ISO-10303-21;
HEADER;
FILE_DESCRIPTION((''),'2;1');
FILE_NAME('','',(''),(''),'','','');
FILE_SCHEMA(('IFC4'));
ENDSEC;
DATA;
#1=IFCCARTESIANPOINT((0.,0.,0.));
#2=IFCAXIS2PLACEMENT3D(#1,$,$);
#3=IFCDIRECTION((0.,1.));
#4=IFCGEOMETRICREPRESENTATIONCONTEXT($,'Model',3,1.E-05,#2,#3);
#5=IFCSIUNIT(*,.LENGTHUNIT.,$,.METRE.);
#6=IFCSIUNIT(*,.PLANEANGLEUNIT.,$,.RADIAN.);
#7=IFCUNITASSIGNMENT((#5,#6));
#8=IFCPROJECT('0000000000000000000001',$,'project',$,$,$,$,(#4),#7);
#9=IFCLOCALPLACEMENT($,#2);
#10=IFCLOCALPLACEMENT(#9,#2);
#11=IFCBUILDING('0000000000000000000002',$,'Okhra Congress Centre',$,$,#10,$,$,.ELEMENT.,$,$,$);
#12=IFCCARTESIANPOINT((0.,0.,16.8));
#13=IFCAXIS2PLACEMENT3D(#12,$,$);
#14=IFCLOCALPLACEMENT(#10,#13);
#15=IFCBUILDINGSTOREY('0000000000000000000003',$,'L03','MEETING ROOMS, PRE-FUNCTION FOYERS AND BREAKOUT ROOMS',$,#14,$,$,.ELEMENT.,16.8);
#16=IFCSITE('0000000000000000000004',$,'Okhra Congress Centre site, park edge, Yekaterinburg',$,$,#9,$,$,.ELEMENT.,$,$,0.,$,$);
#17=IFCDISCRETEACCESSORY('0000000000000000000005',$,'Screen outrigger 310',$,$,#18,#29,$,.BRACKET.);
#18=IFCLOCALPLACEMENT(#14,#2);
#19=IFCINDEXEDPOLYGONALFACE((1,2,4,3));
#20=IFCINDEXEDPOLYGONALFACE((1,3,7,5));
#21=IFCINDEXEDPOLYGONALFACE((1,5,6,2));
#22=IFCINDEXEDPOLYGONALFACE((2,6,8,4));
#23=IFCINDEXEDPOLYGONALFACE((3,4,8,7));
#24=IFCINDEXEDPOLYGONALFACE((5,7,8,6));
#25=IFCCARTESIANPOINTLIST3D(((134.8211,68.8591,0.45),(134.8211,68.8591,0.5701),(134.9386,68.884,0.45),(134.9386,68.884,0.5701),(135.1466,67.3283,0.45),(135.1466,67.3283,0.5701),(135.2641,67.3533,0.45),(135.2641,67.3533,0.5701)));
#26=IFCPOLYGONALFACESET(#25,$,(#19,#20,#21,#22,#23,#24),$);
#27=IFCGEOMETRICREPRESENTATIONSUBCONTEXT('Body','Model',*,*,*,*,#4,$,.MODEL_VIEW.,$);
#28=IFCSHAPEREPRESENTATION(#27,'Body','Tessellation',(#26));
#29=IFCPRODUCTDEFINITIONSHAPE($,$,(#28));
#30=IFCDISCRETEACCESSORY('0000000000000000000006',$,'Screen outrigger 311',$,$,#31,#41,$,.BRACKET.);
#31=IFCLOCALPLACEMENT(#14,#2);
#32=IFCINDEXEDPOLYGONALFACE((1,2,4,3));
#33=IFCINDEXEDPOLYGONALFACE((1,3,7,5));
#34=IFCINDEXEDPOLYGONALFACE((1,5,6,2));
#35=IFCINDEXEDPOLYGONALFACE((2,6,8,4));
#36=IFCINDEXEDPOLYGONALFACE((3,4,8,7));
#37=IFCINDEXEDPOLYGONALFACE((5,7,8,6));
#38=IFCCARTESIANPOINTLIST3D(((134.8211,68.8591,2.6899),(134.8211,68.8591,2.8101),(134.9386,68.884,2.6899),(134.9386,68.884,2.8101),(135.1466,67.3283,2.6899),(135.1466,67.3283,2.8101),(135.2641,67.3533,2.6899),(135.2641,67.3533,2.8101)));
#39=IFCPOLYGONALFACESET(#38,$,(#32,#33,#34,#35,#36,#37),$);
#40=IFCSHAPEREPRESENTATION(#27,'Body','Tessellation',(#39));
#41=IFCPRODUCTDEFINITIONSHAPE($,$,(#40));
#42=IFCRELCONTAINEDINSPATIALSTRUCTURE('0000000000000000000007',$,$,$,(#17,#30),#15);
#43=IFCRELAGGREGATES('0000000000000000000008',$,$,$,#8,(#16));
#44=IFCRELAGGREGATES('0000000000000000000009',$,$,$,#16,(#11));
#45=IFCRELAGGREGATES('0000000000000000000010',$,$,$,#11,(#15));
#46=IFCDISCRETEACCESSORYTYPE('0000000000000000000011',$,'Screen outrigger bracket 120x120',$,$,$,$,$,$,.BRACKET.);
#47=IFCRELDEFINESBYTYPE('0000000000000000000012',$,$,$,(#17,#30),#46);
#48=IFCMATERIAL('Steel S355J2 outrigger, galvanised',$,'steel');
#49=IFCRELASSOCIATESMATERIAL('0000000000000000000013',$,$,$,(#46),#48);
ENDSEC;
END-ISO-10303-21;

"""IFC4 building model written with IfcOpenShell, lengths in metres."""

from ifc_helpers import new_model, si_unit, direction, frame, origin, origin_2d, place, context, subcontext, project, spatial, rectangle, extrude, material, material_profile, profile_set, type_object, element, save


model = new_model("IFC4")

# Units and contexts
model_context = context("Model", 3, precision=1e-05, world=origin(), true_north=direction((0.0, 1.0)))
body_context = subcontext(model_context, "Body", "Model", "MODEL_VIEW")
ifc_project = project(units=[si_unit("LENGTHUNIT", "METRE"), si_unit("PLANEANGLEUNIT", "RADIAN")], contexts=[model_context])

# Site, building, storey
site_placement = place(None, origin())
site = spatial("IfcSite", under=ifc_project, at=site_placement, Name="Okhra Congress Centre site, park edge, Yekaterinburg", CompositionType="ELEMENT", RefElevation=0.0)
building_placement = place(site_placement, origin())
building = spatial("IfcBuilding", under=site, at=building_placement, Name="Okhra Congress Centre", CompositionType="ELEMENT")
storey_placement = place(building_placement, frame((0.0, 0.0, 16.8)))
storey = spatial("IfcBuildingStorey", under=building, at=storey_placement, Name="L03", Description="MEETING ROOMS, PRE-FUNCTION FOYERS AND BREAKOUT ROOMS", CompositionType="ELEMENT", Elevation=16.8)

# Discrete accessories
ifc_material_1 = material(Name="Steel S355J2 outrigger, galvanised", Category="steel")
ifc_material_profile_1 = material_profile(ifc_material_1, rectangle(XDim=0.1201, YDim=0.1201, at=origin_2d()), Name="Screen outrigger bracket 120x120")
ifc_profile_set_1 = profile_set([ifc_material_profile_1], Name="Steel S355J2 outrigger, galvanised")
discrete_accessory_type = type_object("IfcDiscreteAccessoryType", Name="Screen outrigger bracket 120x120", PredefinedType="BRACKET", material=ifc_profile_set_1)
for number, where, z_axis, x_axis, name in (
    (1, (135.2053, 67.3408, 0.51), (-0.207952, 0.978139, 0.0), (-0.978139, -0.207952, 0.0), "Screen outrigger 310"),
    (2, (135.2053, 67.3408, 2.75), (-0.207952, 0.978139, 0.0), (-0.978139, -0.207952, 0.0), "Screen outrigger 311"),
):
    element("IfcDiscreteAccessory", number, at=place(storey_placement, frame(where, z_axis=z_axis, x_axis=x_axis)), inside=storey, type_object=discrete_accessory_type, Name=name, PredefinedType="BRACKET", context=body_context, shape_type="SweptSolid", body=[
        extrude(rectangle(XDim=0.1201, YDim=0.1201, at=origin_2d()), origin(), (0.0, 0.0, 1.0), 1.5649),
    ])

save(model, "model.ifc")
